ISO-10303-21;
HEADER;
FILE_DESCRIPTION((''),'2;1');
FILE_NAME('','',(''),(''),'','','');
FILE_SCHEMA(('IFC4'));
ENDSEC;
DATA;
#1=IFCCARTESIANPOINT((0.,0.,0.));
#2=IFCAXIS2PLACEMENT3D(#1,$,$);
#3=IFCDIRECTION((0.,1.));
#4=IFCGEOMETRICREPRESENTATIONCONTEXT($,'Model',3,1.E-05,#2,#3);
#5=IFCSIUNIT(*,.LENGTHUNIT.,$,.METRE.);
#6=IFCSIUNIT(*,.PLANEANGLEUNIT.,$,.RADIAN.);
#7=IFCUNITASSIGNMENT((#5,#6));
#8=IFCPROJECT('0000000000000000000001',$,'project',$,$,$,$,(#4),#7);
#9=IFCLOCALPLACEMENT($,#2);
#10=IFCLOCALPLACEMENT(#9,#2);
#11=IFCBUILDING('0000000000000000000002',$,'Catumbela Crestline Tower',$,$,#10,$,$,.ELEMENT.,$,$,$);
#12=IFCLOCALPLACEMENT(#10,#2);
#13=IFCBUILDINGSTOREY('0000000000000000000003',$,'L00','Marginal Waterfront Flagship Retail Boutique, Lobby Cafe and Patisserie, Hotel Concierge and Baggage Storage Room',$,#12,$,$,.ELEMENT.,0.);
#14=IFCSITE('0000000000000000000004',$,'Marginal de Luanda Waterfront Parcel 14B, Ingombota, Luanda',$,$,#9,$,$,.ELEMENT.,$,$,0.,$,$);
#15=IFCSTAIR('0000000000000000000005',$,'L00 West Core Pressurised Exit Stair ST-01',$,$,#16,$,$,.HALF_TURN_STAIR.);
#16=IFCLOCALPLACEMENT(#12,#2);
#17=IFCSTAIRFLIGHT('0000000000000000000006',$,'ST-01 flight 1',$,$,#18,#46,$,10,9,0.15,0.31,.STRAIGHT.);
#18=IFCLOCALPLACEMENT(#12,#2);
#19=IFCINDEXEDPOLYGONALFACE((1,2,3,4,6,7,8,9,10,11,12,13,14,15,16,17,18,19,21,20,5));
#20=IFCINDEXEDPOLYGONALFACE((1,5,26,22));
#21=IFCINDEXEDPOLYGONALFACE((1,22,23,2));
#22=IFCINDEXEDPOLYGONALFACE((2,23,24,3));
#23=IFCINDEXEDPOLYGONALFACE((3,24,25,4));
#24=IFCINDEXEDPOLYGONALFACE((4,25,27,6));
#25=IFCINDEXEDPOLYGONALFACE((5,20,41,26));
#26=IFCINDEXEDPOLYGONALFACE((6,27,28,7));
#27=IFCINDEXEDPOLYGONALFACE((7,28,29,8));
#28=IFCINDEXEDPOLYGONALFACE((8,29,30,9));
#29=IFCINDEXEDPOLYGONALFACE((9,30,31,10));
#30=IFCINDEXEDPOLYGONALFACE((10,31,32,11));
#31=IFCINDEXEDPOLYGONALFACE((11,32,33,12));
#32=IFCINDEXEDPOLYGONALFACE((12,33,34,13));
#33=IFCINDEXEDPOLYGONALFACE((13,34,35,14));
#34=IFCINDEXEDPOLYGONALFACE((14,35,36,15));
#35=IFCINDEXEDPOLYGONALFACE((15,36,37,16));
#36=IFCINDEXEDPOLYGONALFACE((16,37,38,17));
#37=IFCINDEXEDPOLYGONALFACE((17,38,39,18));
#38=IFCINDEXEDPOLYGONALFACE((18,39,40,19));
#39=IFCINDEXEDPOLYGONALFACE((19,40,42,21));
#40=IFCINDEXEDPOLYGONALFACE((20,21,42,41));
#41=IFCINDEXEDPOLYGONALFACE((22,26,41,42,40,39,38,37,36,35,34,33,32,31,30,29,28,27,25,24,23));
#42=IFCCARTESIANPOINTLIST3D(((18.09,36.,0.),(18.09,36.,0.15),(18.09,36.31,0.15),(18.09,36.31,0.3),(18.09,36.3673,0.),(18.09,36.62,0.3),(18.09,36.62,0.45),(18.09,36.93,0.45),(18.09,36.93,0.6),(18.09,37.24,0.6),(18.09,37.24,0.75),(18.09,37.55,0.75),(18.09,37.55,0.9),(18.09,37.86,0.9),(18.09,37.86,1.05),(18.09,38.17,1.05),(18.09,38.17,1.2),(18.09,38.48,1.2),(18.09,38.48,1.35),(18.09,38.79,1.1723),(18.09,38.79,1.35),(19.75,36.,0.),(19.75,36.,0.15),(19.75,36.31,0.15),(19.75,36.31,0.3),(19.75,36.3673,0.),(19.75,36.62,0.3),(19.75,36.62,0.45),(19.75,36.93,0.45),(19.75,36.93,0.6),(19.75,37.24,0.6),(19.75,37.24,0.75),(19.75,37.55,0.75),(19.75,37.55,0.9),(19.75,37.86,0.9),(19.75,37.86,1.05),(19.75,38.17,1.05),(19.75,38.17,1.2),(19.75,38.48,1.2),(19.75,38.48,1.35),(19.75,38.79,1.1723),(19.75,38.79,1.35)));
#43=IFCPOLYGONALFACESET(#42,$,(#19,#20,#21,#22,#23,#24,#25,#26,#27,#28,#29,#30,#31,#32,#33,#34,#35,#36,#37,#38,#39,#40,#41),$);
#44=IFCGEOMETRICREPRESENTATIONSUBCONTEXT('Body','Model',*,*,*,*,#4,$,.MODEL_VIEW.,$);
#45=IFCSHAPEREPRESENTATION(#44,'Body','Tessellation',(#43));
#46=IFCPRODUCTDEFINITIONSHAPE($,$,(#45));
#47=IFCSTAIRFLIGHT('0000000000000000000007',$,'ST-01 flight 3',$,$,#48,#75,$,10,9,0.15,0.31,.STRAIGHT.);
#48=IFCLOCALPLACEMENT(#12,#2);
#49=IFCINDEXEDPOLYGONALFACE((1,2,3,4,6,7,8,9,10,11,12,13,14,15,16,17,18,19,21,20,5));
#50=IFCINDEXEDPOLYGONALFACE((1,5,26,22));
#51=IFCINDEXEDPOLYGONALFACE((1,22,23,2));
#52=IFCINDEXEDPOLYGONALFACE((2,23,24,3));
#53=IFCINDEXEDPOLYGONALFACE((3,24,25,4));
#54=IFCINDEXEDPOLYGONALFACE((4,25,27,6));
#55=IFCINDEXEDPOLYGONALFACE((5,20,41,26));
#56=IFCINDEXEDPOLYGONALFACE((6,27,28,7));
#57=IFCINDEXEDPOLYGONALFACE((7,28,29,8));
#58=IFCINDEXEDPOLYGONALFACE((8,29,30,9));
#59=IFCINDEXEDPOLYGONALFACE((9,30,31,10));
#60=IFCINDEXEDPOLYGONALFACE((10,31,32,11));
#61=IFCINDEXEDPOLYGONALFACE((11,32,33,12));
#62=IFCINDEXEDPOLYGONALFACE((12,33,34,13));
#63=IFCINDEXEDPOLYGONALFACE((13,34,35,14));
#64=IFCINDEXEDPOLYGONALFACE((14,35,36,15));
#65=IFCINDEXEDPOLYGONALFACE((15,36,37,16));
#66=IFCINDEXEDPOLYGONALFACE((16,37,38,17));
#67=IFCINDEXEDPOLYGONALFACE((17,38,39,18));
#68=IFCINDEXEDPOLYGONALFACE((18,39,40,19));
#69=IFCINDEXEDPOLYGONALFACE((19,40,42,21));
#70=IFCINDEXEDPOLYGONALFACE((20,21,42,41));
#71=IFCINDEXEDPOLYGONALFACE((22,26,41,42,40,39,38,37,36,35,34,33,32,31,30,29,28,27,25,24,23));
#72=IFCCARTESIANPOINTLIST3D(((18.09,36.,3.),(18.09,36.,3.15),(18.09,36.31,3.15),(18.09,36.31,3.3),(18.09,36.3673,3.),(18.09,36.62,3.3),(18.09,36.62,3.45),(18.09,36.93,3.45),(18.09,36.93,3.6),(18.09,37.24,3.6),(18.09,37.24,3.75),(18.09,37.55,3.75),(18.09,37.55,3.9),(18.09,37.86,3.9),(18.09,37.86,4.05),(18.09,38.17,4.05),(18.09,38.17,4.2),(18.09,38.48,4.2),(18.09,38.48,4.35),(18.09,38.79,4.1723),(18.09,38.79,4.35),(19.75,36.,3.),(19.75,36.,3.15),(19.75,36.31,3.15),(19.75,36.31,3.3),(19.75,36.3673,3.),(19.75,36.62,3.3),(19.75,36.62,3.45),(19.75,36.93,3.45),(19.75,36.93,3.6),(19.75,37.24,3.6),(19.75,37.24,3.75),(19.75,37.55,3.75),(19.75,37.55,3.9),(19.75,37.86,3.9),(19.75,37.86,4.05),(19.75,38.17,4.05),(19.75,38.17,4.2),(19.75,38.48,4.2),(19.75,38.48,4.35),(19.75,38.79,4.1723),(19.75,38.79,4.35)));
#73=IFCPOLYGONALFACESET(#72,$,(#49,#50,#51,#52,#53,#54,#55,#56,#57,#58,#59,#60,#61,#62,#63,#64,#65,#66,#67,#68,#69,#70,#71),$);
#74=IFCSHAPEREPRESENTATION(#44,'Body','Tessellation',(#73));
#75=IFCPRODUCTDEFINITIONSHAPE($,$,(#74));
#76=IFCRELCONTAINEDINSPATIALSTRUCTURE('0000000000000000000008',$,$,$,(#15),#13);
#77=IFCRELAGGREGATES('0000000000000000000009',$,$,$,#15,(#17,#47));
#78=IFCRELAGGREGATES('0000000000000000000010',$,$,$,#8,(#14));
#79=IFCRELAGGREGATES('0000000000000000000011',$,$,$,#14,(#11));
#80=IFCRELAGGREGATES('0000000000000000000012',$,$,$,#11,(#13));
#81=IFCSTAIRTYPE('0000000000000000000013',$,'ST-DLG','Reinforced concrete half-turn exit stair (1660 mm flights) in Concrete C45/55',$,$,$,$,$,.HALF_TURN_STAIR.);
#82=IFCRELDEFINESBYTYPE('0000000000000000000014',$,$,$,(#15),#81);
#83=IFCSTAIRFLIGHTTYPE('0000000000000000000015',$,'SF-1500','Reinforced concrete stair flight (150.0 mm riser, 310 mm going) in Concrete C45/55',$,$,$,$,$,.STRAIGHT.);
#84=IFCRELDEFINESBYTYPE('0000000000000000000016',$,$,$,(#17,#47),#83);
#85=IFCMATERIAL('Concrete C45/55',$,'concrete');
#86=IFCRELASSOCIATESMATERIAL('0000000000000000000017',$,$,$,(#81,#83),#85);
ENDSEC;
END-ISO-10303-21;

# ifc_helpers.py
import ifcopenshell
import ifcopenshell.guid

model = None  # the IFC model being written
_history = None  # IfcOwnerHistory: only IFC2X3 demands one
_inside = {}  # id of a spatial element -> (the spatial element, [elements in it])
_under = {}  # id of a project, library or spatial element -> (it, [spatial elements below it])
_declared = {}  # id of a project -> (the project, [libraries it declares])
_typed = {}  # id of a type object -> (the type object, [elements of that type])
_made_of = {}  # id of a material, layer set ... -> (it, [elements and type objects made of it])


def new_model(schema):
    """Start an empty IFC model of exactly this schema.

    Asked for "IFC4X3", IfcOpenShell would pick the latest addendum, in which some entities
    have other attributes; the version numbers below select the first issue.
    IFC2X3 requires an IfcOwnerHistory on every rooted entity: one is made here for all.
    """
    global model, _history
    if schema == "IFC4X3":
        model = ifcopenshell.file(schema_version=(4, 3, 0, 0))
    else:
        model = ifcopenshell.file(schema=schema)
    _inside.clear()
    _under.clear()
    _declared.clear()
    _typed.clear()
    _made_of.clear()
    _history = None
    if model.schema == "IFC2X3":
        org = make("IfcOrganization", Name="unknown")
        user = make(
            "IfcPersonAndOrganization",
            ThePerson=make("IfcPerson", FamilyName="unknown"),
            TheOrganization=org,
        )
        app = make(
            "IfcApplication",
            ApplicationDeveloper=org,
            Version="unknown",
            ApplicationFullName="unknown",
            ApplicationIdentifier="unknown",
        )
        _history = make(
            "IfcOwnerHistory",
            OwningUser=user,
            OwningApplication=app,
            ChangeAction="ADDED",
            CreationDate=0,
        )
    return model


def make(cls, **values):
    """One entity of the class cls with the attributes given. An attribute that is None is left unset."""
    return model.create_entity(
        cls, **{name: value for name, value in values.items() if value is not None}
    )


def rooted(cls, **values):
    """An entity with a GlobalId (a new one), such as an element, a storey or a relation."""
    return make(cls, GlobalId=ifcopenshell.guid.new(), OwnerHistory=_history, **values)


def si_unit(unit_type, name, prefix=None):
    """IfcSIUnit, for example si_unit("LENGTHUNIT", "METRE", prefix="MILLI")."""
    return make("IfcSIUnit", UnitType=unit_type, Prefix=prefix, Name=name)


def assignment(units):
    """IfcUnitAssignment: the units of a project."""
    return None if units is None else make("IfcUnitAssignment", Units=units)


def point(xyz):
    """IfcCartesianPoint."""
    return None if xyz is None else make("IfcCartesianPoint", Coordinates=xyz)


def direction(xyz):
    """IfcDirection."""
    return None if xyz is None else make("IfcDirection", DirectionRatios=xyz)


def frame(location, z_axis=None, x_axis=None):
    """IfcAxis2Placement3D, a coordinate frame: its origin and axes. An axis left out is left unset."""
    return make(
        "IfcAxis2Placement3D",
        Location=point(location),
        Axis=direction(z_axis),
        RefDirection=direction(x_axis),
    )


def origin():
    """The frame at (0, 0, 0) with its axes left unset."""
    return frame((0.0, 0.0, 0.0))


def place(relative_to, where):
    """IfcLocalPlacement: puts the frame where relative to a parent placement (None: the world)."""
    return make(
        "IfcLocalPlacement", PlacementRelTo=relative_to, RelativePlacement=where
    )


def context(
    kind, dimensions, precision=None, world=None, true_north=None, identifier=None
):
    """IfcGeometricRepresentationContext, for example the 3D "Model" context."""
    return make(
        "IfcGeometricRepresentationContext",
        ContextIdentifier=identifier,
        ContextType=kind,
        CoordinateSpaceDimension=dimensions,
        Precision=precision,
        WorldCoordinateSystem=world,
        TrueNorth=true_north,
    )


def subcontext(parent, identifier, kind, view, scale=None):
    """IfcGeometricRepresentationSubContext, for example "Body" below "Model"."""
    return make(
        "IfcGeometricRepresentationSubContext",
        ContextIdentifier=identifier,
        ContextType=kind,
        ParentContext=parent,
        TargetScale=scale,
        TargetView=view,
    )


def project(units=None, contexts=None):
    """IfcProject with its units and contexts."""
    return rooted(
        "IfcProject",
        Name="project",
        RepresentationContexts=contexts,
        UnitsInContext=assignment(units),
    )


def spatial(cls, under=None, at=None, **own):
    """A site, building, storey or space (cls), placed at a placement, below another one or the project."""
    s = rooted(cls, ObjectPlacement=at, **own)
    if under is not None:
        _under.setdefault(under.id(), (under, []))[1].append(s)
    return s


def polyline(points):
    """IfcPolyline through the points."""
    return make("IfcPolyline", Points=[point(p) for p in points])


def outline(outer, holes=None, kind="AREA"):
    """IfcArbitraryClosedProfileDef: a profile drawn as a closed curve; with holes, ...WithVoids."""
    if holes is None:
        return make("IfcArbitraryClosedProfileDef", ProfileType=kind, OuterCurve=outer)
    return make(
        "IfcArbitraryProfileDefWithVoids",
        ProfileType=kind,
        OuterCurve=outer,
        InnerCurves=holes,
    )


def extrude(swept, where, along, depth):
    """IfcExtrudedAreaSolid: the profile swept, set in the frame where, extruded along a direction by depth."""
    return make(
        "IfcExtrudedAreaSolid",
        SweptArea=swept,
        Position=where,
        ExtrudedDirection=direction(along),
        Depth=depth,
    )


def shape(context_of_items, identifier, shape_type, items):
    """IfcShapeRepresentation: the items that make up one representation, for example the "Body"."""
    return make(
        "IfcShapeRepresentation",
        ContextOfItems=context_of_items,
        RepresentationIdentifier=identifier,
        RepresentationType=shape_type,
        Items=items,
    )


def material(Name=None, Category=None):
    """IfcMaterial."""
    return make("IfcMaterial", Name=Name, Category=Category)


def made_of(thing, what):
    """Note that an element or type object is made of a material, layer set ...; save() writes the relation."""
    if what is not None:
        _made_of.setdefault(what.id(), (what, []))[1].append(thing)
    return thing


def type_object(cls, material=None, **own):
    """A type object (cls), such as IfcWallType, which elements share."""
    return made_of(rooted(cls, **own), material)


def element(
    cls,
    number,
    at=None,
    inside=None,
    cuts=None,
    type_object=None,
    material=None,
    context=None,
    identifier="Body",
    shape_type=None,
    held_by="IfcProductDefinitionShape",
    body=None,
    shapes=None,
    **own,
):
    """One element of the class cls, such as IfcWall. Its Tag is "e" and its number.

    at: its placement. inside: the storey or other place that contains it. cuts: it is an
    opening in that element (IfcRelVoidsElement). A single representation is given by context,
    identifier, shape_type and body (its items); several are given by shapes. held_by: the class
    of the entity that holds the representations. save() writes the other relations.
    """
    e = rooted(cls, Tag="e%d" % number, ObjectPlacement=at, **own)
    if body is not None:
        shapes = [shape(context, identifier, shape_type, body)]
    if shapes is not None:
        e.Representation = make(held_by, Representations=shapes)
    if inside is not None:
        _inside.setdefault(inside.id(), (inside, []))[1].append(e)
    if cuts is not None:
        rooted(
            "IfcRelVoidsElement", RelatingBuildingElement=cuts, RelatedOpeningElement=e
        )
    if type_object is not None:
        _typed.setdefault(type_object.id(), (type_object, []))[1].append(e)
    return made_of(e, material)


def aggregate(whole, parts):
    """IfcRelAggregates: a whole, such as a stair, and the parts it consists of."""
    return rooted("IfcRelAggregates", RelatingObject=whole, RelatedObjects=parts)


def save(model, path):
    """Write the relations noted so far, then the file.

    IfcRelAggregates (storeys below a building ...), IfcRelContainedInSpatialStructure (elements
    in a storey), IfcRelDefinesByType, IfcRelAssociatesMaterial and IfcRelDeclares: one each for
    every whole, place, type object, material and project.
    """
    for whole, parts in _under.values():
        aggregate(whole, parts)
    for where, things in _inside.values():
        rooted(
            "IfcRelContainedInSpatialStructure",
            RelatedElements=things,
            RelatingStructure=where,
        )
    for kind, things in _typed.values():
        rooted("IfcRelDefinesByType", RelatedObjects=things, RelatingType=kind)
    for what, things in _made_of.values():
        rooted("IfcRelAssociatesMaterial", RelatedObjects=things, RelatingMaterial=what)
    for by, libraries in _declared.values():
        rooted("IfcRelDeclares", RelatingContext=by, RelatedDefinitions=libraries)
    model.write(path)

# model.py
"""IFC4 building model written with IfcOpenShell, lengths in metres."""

from ifc_helpers import new_model, si_unit, direction, frame, origin, place, context, subcontext, project, spatial, polyline, outline, extrude, material, type_object, element, aggregate, save


model = new_model("IFC4")

# Units and contexts
model_context = context("Model", 3, precision=1e-05, world=origin(), true_north=direction((0.0, 1.0)))
body_context = subcontext(model_context, "Body", "Model", "MODEL_VIEW")
ifc_project = project(units=[si_unit("LENGTHUNIT", "METRE"), si_unit("PLANEANGLEUNIT", "RADIAN")], contexts=[model_context])

# Site, building, storey
site_placement = place(None, origin())
site = spatial("IfcSite", under=ifc_project, at=site_placement, Name="Marginal de Luanda Waterfront Parcel 14B, Ingombota, Luanda", CompositionType="ELEMENT", RefElevation=0.0)
building_placement = place(site_placement, origin())
building = spatial("IfcBuilding", under=site, at=building_placement, Name="Catumbela Crestline Tower", CompositionType="ELEMENT")
storey_placement = place(building_placement, origin())
storey = spatial("IfcBuildingStorey", under=building, at=storey_placement, Name="L00", Description="Marginal Waterfront Flagship Retail Boutique, Lobby Cafe and Patisserie, Hotel Concierge and Baggage Storage Room", CompositionType="ELEMENT", Elevation=0.0)

# Stair, stair flights
ifc_material_1 = material(Name="Concrete C45/55", Category="concrete")
stair_type = type_object("IfcStairType", Name="ST-DLG", Description="Reinforced concrete half-turn exit stair (1660 mm flights) in Concrete C45/55", PredefinedType="HALF_TURN_STAIR", material=ifc_material_1)
stair_placement = place(storey_placement, origin())
stair = element("IfcStair", 1, at=stair_placement, inside=storey, type_object=stair_type, Name="L00 West Core Pressurised Exit Stair ST-01", PredefinedType="HALF_TURN_STAIR")
stair_flight_type = type_object("IfcStairFlightType", Name="SF-1500", Description="Reinforced concrete stair flight (150.0 mm riser, 310 mm going) in Concrete C45/55", PredefinedType="STRAIGHT", material=ifc_material_1)
stair_flight_1_placement = place(storey_placement, frame((18.92, 36.0, 0.0), z_axis=(0.0, 0.0, 1.0), x_axis=(0.0, 1.0, 0.0)))
stair_flight_1 = element("IfcStairFlight", 2, at=stair_flight_1_placement, type_object=stair_flight_type, Name="ST-01 flight 1", NumberOfRisers=10, NumberOfTreads=9, PredefinedType="STRAIGHT", RiserHeight=0.15, TreadLength=0.31, context=body_context, shape_type="SweptSolid", body=[
    extrude(outline(polyline([(0.0, 0.0), (0.0, 0.15), (0.31, 0.15), (0.31, 0.3), (0.62, 0.3), (0.62, 0.45), (0.93, 0.45), (0.93, 0.6), (1.24, 0.6), (1.24, 0.75), (1.55, 0.75), (1.55, 0.9), (1.86, 0.9), (1.86, 1.05), (2.17, 1.05), (2.17, 1.2), (2.48, 1.2), (2.48, 1.35), (2.79, 1.35), (2.79, 1.5), (2.79, 1.1723), (0.3673, 0.0), (0.0, 0.0)])), frame((0.0, 0.83, 0.0), z_axis=(0.0, -1.0, 0.0), x_axis=(1.0, 0.0, 0.0)), (0.0, 0.0, 1.0), 1.66),
])
stair_flight_2_placement = place(storey_placement, frame((18.92, 36.0, 3.0), z_axis=(0.0, 0.0, 1.0), x_axis=(0.0, 1.0, 0.0)))
stair_flight_2 = element("IfcStairFlight", 3, at=stair_flight_2_placement, type_object=stair_flight_type, Name="ST-01 flight 3", NumberOfRisers=10, NumberOfTreads=9, PredefinedType="STRAIGHT", RiserHeight=0.15, TreadLength=0.31, context=body_context, shape_type="SweptSolid", body=[
    extrude(outline(polyline([(0.0, 0.0), (0.0, 0.15), (0.31, 0.15), (0.31, 0.3), (0.62, 0.3), (0.62, 0.45), (0.93, 0.45), (0.93, 0.6), (1.24, 0.6), (1.24, 0.75), (1.55, 0.75), (1.55, 0.9), (1.86, 0.9), (1.86, 1.05), (2.17, 1.05), (2.17, 1.2), (2.48, 1.2), (2.48, 1.35), (2.79, 1.35), (2.79, 1.5), (2.79, 1.1723), (0.3673, 0.0), (0.0, 0.0)])), frame((0.0, 0.83, 0.0), z_axis=(0.0, -1.0, 0.0), x_axis=(1.0, 0.0, 0.0)), (0.0, 0.0, 1.0), 1.66),
])
aggregate(stair, [stair_flight_1, stair_flight_2])

save(model, "model.ifc")
